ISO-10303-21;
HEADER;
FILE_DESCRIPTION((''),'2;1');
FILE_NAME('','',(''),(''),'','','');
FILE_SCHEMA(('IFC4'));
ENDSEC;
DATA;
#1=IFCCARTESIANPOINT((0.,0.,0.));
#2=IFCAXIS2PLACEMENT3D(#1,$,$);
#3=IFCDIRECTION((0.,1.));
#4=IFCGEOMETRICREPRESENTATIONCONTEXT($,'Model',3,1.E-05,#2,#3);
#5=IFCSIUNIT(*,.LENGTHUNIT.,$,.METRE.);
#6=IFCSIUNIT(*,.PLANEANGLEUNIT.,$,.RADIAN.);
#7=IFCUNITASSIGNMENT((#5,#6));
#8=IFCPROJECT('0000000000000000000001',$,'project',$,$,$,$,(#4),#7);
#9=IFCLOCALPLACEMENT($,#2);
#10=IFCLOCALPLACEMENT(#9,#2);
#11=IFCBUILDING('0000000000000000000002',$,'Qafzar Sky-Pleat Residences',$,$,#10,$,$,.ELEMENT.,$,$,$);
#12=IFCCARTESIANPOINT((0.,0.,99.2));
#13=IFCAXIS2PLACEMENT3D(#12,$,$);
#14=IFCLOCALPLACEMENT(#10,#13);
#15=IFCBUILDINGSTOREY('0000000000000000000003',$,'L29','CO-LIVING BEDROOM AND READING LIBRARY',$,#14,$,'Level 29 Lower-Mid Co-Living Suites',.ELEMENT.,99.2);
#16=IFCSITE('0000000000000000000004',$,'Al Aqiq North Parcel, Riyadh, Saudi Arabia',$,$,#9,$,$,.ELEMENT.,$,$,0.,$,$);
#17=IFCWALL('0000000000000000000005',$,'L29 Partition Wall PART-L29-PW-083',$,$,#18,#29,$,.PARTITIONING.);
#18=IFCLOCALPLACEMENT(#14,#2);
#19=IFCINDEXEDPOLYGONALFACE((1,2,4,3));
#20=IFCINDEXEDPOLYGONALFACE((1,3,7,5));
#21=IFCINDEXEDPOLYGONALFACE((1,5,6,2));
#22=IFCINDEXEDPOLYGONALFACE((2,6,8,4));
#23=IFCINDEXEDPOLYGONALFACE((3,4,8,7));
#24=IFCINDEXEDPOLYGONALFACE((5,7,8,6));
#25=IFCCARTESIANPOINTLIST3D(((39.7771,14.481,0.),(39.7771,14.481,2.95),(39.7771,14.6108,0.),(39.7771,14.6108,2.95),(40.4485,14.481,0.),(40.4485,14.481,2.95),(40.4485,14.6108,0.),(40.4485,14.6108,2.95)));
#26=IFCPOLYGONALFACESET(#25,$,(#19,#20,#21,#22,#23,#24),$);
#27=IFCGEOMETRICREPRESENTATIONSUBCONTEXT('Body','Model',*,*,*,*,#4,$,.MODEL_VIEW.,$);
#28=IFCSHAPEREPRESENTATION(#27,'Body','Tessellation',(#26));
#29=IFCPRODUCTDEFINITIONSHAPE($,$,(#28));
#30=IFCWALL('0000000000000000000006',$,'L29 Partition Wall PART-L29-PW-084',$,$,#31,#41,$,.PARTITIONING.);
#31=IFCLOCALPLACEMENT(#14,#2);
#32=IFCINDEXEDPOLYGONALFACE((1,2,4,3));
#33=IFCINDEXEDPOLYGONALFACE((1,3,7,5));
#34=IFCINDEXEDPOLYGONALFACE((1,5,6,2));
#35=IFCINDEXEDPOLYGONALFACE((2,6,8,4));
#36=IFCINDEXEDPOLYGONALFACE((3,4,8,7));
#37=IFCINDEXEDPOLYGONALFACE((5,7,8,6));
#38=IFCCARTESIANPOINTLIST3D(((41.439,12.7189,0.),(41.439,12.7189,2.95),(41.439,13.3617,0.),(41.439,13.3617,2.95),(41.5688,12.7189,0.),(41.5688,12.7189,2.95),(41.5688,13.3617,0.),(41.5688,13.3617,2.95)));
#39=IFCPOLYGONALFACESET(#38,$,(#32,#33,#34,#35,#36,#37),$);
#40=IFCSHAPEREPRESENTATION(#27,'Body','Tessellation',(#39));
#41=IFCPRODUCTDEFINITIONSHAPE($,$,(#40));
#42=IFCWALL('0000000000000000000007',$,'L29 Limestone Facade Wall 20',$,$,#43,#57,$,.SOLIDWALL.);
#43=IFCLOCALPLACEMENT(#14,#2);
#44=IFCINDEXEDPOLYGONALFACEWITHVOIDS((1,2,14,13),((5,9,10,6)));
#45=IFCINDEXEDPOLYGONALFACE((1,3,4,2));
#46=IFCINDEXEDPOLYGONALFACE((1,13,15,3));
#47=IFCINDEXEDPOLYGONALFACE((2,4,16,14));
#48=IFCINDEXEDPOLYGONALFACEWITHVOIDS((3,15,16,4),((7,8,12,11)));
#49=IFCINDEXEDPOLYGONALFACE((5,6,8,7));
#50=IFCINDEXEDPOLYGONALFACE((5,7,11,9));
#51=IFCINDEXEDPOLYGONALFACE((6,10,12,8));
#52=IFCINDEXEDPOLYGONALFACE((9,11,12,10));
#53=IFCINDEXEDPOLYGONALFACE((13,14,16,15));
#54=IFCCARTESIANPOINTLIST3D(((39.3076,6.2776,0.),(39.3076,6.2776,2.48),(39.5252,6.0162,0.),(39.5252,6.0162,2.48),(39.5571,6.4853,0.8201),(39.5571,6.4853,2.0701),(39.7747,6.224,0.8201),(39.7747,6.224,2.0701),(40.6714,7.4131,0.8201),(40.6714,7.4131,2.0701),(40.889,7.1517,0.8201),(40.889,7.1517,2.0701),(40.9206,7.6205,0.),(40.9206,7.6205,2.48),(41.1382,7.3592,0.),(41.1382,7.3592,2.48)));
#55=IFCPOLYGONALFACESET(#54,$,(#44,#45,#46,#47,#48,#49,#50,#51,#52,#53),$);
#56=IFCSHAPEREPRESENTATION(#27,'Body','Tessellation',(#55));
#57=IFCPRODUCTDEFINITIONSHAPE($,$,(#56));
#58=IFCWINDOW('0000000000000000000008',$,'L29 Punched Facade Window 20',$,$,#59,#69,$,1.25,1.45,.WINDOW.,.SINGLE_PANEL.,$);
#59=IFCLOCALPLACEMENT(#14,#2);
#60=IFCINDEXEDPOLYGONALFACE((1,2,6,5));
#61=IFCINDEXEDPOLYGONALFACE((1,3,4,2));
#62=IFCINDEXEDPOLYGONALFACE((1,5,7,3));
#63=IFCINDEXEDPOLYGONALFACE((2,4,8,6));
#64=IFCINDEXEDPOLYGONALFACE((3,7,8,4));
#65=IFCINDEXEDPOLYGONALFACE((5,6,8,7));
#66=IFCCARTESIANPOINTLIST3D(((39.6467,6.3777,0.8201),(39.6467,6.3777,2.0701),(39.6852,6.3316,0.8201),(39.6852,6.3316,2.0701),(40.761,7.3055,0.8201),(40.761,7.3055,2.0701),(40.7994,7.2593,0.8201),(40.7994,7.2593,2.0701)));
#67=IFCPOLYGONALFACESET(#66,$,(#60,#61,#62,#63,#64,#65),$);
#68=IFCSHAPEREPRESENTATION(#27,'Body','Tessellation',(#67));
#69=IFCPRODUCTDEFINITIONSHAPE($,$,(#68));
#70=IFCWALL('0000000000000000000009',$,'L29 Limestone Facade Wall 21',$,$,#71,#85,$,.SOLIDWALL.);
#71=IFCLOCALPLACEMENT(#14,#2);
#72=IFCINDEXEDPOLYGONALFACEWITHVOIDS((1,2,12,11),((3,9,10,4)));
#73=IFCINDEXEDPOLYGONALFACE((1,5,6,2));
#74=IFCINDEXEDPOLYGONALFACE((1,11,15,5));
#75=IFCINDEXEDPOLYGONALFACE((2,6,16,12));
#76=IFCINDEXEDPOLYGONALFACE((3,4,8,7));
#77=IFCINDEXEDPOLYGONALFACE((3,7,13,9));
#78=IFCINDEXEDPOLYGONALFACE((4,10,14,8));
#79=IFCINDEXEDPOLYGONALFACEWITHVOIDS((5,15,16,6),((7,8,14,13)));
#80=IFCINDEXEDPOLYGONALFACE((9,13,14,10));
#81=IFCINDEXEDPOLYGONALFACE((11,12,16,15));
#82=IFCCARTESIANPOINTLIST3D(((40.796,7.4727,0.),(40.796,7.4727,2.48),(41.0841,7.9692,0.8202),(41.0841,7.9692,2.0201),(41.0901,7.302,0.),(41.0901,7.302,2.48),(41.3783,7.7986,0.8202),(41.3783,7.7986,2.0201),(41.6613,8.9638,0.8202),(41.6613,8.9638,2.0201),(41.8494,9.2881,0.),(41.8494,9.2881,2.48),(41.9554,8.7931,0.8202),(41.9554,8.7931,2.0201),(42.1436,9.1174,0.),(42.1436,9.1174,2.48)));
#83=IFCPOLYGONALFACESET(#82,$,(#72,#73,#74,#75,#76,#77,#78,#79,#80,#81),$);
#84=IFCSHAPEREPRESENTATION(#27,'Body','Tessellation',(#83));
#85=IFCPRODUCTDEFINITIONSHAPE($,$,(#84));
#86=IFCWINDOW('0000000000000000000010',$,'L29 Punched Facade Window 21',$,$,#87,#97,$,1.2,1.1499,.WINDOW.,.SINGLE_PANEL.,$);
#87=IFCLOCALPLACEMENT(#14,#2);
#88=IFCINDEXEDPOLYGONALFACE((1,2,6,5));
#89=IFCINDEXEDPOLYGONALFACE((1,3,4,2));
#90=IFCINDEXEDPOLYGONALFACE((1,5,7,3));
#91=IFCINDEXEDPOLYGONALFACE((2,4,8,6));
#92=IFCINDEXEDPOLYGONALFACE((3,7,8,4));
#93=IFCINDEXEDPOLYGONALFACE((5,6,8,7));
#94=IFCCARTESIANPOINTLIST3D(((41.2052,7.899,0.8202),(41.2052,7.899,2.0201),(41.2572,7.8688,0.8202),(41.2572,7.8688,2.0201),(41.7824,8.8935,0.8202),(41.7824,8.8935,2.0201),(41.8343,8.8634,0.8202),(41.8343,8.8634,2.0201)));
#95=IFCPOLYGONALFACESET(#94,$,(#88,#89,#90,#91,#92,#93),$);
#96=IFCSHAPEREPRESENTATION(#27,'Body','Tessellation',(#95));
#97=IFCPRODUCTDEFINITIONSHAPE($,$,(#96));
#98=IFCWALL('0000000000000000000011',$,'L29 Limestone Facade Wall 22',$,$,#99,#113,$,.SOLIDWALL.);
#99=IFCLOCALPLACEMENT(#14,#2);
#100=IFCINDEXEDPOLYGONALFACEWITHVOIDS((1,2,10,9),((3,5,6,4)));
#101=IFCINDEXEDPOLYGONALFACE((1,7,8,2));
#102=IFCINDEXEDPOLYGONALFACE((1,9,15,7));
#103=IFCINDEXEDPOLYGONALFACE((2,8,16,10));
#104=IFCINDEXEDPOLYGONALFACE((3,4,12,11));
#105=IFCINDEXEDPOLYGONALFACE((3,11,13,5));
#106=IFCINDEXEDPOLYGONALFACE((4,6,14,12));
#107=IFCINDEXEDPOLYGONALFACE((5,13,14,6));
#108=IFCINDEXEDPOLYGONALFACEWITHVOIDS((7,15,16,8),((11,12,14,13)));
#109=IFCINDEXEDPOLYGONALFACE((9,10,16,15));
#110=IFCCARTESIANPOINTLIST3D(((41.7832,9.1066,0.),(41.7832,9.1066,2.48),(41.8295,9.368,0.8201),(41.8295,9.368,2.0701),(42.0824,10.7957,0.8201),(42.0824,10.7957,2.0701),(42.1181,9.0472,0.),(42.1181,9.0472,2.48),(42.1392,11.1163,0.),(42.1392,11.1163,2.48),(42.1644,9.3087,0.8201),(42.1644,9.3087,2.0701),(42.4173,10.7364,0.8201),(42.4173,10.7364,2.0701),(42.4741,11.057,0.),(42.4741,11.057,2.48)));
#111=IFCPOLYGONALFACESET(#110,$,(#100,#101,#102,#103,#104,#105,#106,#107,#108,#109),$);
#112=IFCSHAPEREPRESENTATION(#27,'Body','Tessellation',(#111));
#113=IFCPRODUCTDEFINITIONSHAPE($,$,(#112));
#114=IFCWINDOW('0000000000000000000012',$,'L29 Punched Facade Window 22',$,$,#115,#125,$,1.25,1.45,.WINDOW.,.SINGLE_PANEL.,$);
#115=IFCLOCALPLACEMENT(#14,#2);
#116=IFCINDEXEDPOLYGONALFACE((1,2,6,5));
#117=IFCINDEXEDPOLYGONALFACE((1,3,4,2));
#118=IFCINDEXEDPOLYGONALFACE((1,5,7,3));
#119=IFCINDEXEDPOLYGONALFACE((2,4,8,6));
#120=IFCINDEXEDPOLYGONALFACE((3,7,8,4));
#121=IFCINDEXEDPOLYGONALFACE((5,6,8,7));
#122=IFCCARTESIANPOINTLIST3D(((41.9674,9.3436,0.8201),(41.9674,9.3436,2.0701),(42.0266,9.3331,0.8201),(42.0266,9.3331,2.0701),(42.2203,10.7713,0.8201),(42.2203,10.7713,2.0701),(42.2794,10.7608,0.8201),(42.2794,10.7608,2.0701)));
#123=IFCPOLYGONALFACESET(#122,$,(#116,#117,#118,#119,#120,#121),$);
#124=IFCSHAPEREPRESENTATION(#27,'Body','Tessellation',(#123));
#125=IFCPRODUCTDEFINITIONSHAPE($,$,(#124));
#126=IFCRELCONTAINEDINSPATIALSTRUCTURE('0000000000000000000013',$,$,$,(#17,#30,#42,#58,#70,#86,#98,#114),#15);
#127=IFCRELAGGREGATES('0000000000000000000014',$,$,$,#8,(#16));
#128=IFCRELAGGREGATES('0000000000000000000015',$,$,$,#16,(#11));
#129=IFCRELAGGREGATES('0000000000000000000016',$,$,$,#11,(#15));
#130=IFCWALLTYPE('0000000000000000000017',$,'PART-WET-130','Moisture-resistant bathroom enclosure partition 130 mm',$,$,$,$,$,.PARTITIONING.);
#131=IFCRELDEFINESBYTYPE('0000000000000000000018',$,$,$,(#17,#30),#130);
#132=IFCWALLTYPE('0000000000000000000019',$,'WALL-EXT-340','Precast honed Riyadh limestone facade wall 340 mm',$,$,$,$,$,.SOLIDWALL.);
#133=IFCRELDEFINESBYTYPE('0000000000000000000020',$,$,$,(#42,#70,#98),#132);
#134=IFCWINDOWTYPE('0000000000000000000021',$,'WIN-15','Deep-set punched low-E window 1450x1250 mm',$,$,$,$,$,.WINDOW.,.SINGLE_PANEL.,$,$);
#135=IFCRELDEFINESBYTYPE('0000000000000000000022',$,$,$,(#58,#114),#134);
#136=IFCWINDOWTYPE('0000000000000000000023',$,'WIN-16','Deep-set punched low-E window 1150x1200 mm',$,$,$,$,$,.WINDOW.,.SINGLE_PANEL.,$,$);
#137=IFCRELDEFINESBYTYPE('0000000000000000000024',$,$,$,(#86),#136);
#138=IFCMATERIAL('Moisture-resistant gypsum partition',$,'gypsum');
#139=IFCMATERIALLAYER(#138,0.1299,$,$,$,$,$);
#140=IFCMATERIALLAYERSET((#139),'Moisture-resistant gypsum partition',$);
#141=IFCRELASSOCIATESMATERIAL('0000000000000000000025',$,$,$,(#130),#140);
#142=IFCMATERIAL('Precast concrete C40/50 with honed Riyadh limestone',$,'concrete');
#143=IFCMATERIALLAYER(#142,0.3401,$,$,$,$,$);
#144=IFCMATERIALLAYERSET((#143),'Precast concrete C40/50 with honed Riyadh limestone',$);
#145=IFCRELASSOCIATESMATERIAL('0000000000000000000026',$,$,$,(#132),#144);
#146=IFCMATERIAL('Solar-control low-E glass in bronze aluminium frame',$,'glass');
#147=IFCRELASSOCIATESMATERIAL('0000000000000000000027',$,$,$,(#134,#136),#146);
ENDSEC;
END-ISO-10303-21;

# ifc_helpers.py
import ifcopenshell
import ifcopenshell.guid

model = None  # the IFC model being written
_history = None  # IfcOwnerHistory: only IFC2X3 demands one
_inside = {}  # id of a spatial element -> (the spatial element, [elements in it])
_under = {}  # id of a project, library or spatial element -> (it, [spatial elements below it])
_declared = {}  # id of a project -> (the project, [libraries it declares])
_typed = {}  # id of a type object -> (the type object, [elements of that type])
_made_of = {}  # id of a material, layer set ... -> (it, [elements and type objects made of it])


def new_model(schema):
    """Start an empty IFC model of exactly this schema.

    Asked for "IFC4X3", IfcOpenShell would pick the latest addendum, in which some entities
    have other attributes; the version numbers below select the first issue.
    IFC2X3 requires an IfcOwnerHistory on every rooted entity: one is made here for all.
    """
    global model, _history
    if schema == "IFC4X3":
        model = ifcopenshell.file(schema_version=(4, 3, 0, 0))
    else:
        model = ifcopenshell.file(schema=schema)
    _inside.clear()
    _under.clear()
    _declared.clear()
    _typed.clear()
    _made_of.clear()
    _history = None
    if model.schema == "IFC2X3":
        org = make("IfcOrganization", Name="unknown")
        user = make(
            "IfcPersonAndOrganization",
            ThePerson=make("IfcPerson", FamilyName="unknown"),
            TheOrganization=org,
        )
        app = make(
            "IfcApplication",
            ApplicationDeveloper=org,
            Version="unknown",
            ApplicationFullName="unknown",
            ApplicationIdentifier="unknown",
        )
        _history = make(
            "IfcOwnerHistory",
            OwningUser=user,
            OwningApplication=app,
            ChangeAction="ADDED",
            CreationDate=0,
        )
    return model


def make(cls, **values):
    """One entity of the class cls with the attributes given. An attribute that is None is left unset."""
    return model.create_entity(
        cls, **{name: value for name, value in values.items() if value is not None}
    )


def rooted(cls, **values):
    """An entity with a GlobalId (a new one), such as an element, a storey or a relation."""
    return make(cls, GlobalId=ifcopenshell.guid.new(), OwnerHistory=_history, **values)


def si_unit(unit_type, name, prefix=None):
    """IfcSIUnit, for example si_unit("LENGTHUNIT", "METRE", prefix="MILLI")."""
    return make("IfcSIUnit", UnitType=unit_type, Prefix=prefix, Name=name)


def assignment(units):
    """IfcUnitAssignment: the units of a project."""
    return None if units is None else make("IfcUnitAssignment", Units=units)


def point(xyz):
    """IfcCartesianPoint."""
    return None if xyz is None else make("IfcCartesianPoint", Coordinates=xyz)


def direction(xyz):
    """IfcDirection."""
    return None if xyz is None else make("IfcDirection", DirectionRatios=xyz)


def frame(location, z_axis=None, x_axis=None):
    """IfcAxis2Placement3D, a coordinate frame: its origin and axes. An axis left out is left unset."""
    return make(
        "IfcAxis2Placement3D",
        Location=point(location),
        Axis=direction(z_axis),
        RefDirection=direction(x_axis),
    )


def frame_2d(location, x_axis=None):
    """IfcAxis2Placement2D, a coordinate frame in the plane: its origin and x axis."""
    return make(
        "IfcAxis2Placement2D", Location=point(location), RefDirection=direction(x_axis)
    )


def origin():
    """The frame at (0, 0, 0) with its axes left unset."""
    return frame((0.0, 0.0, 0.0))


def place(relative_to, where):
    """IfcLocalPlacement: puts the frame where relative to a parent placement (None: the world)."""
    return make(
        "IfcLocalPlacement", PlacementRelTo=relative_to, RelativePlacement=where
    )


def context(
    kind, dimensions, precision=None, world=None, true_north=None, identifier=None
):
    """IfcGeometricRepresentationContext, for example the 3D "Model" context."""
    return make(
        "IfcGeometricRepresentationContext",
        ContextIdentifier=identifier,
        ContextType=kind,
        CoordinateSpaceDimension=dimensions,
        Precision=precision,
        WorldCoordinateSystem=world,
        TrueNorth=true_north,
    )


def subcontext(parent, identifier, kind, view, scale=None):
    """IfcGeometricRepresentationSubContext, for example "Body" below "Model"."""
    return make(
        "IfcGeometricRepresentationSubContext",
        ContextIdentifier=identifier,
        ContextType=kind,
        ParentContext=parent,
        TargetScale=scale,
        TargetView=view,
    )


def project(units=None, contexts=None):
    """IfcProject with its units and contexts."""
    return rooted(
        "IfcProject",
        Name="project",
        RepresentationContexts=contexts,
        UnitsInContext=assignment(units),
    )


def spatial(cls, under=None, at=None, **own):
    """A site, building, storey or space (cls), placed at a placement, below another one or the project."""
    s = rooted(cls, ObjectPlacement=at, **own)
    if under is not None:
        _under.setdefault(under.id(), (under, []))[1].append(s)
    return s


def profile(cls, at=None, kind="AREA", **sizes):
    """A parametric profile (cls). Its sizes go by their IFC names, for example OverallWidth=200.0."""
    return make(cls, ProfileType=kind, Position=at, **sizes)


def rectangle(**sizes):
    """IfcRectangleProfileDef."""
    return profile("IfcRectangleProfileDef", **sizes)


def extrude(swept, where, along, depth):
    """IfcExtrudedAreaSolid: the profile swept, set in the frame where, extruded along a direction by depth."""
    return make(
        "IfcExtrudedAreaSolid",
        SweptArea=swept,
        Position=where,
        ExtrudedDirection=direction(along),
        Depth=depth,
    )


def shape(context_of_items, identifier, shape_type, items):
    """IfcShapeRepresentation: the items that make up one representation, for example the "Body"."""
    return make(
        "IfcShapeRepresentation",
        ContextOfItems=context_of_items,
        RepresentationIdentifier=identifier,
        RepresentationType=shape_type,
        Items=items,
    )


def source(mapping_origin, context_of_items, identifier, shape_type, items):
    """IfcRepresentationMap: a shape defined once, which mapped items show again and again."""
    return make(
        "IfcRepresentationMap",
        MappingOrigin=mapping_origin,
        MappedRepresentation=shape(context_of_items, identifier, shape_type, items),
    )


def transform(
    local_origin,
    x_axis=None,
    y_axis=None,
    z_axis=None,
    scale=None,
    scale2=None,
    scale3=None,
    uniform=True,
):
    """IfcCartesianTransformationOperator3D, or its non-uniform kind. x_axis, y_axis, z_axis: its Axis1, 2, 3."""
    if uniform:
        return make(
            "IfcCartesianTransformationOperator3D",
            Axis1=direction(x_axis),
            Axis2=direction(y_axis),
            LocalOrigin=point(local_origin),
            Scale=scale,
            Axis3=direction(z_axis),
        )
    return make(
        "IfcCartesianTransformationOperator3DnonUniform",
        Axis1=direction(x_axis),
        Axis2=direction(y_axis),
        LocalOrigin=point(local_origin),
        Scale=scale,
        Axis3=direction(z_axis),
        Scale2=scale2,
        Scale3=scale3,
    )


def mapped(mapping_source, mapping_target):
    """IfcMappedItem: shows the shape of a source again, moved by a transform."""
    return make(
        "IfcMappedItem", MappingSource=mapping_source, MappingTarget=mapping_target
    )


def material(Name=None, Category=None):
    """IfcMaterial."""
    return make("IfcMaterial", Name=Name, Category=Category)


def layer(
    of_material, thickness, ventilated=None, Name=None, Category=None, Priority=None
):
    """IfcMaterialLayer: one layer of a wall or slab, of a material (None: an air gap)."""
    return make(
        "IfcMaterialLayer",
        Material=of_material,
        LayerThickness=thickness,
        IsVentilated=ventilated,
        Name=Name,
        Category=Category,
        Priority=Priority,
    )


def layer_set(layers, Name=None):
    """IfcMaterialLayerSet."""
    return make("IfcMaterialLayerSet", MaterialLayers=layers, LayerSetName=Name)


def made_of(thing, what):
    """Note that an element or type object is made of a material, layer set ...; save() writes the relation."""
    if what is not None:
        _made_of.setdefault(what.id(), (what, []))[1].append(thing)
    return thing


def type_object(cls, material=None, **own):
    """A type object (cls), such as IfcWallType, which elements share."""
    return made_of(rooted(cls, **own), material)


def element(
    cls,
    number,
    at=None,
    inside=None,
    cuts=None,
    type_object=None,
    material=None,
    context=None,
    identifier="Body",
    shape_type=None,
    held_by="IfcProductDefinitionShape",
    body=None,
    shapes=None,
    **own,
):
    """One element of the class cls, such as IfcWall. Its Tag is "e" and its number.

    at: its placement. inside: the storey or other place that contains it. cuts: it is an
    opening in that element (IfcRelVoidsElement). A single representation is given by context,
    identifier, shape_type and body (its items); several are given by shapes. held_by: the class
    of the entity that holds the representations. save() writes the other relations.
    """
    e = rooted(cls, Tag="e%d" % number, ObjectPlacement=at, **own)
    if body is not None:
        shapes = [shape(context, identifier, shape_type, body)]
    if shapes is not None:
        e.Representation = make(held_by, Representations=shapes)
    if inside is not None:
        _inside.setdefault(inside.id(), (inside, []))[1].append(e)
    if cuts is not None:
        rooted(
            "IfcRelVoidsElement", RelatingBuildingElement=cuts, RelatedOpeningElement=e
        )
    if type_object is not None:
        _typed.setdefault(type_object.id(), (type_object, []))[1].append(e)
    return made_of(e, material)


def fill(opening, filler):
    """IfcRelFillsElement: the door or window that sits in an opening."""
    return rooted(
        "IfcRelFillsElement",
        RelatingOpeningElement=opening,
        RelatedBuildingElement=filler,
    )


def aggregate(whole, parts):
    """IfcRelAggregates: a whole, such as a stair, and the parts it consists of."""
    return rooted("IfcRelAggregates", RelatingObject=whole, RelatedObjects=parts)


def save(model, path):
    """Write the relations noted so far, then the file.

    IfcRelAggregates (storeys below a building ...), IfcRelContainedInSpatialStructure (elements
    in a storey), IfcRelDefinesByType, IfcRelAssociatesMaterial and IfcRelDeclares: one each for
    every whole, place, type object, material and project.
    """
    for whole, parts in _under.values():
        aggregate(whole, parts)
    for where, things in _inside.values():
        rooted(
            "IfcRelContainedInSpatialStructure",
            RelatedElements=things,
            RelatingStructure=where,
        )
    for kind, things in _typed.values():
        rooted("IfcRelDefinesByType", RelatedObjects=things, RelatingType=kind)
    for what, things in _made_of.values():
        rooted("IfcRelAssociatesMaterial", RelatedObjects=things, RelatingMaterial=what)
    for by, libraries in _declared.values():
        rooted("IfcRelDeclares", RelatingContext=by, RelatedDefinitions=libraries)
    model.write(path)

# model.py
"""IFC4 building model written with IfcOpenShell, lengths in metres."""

from ifc_helpers import new_model, si_unit, direction, frame, frame_2d, origin, place, context, subcontext, project, spatial, rectangle, extrude, source, transform, mapped, material, layer, layer_set, type_object, element, fill, save


model = new_model("IFC4")

# Units and contexts
model_context = context("Model", 3, precision=1e-05, world=origin(), true_north=direction((0.0, 1.0)))
body_context = subcontext(model_context, "Body", "Model", "MODEL_VIEW")
ifc_project = project(units=[si_unit("LENGTHUNIT", "METRE"), si_unit("PLANEANGLEUNIT", "RADIAN")], contexts=[model_context])

# Site, building, storey
site_placement = place(None, origin())
site = spatial("IfcSite", under=ifc_project, at=site_placement, Name="Al Aqiq North Parcel, Riyadh, Saudi Arabia", CompositionType="ELEMENT", RefElevation=0.0)
building_placement = place(site_placement, origin())
building = spatial("IfcBuilding", under=site, at=building_placement, Name="Qafzar Sky-Pleat Residences", CompositionType="ELEMENT")
storey_placement = place(building_placement, frame((0.0, 0.0, 99.2)))
storey = spatial("IfcBuildingStorey", under=building, at=storey_placement, Name="L29", Description="CO-LIVING BEDROOM AND READING LIBRARY", LongName="Level 29 Lower-Mid Co-Living Suites", CompositionType="ELEMENT", Elevation=99.2)

# Shared definitions
ifc_material_1 = material(Name="Moisture-resistant gypsum partition", Category="gypsum")
ifc_layer_1 = layer(ifc_material_1, 0.1299)
ifc_layer_set_1 = layer_set([ifc_layer_1], Name="Moisture-resistant gypsum partition")
wall_type_1 = type_object("IfcWallType", Name="PART-WET-130", Description="Moisture-resistant bathroom enclosure partition 130 mm", PredefinedType="PARTITIONING", material=ifc_layer_set_1)

# Walls
wall_1_placement = place(storey_placement, frame((39.7771, 14.5459, 0.0), z_axis=(0.0, 0.0, 1.0), x_axis=(1.0, 0.0, 0.0)))
element("IfcWall", 1, at=wall_1_placement, inside=storey, type_object=wall_type_1, Name="L29 Partition Wall PART-L29-PW-083", PredefinedType="PARTITIONING", context=body_context, shape_type="SweptSolid", body=[
    extrude(rectangle(XDim=0.6714, YDim=0.1299, at=frame_2d((0.3357, 0.0))), origin(), (0.0, 0.0, 1.0), 2.95),
])
wall_2_placement = place(storey_placement, frame((41.5039, 12.719, 0.0), z_axis=(0.0, 0.0, 1.0), x_axis=(0.0, 1.0, 0.0)))
element("IfcWall", 2, at=wall_2_placement, inside=storey, type_object=wall_type_1, Name="L29 Partition Wall PART-L29-PW-084", PredefinedType="PARTITIONING", context=body_context, shape_type="SweptSolid", body=[
    extrude(rectangle(XDim=0.6428, YDim=0.1299, at=frame_2d((0.3213, 0.0))), origin(), (0.0, 0.0, 1.0), 2.95),
])

# Walls, openings, windows
ifc_material_2 = material(Name="Precast concrete C40/50 with honed Riyadh limestone", Category="concrete")
ifc_layer_2 = layer(ifc_material_2, 0.3401)
ifc_layer_set_2 = layer_set([ifc_layer_2], Name="Precast concrete C40/50 with honed Riyadh limestone")
wall_type_2 = type_object("IfcWallType", Name="WALL-EXT-340", Description="Precast honed Riyadh limestone facade wall 340 mm", PredefinedType="SOLIDWALL", material=ifc_layer_set_2)
wall_3_placement = place(storey_placement, frame((39.4165, 6.147, 0.0), z_axis=(0.0, 0.0, 1.0), x_axis=(0.768498, 0.639853, 0.0)))
wall_3 = element("IfcWall", 3, at=wall_3_placement, inside=storey, type_object=wall_type_2, Name="L29 Limestone Facade Wall 20", PredefinedType="SOLIDWALL", context=body_context, shape_type="SweptSolid", body=[
    extrude(rectangle(XDim=2.0989, YDim=0.3401, at=frame_2d((1.0493, 0.0))), origin(), (0.0, 0.0, 1.0), 2.48),
])
opening_1_placement = place(wall_3_placement, frame((0.3245, 0.0, 0.8201)))
opening_1 = element("IfcOpeningElement", 4, at=opening_1_placement, cuts=wall_3, PredefinedType="OPENING", context=body_context, shape_type="SweptSolid", body=[
    extrude(rectangle(XDim=1.45, YDim=1.25, at=frame_2d((0.7251, 0.625))), frame((0.0, 0.1802, 0.0), z_axis=(0.0, -1.0, 0.0), x_axis=(1.0, 0.0, 0.0)), (0.0, 0.0, 1.0), 0.3601),
])
ifc_material_3 = material(Name="Solar-control low-E glass in bronze aluminium frame", Category="glass")
window_type_1 = type_object("IfcWindowType", Name="WIN-15", Description="Deep-set punched low-E window 1450x1250 mm", PartitioningType="SINGLE_PANEL", PredefinedType="WINDOW", material=ifc_material_3)
shared_shape_1 = source(origin(), body_context, "Body", "SweptSolid", [
    extrude(rectangle(XDim=1.45, YDim=1.25, at=frame_2d((0.7251, 0.625))), frame((0.0, 0.03, 0.0), z_axis=(0.0, -1.0, 0.0), x_axis=(1.0, 0.0, 0.0)), (0.0, 0.0, 1.0), 0.0601),
])
window_1_placement = place(opening_1_placement, origin())
window_1 = element("IfcWindow", 5, at=window_1_placement, inside=storey, type_object=window_type_1, Name="L29 Punched Facade Window 20", OverallHeight=1.25, OverallWidth=1.45, PartitioningType="SINGLE_PANEL", PredefinedType="WINDOW", context=body_context, shape_type="MappedRepresentation", body=[
    mapped(shared_shape_1, transform((0.0, 0.0, 0.0), x_axis=(1.0, 0.0, 0.0), y_axis=(0.0, 1.0, 0.0), z_axis=(0.0, 0.0, 1.0), scale=1.0)),
])
fill(opening_1, window_1)
wall_4_placement = place(storey_placement, frame((40.9431, 7.3875, 0.0), z_axis=(0.0, 0.0, 1.0), x_axis=(0.501903, 0.864924, 0.0)))
wall_4 = element("IfcWall", 6, at=wall_4_placement, inside=storey, type_object=wall_type_2, Name="L29 Limestone Facade Wall 21", PredefinedType="SOLIDWALL", context=body_context, shape_type="SweptSolid", body=[
    extrude(rectangle(XDim=2.0989, YDim=0.3401, at=frame_2d((1.0493, 0.0))), origin(), (0.0, 0.0, 1.0), 2.48),
])
opening_2_placement = place(wall_4_placement, frame((0.574, 0.0, 0.8201)))
opening_2 = element("IfcOpeningElement", 7, at=opening_2_placement, cuts=wall_4, PredefinedType="OPENING", context=body_context, shape_type="SweptSolid", body=[
    extrude(rectangle(XDim=1.1499, YDim=1.2, at=frame_2d((0.575, 0.6001))), frame((0.0, 0.1802, 0.0), z_axis=(0.0, -1.0, 0.0), x_axis=(1.0, 0.0, 0.0)), (0.0, 0.0, 1.0), 0.3601),
])
window_type_2 = type_object("IfcWindowType", Name="WIN-16", Description="Deep-set punched low-E window 1150x1200 mm", PartitioningType="SINGLE_PANEL", PredefinedType="WINDOW", material=ifc_material_3)
shared_shape_2 = source(origin(), body_context, "Body", "SweptSolid", [
    extrude(rectangle(XDim=1.1499, YDim=1.2, at=frame_2d((0.575, 0.6001))), frame((0.0, 0.03, 0.0), z_axis=(0.0, -1.0, 0.0), x_axis=(1.0, 0.0, 0.0)), (0.0, 0.0, 1.0), 0.0601),
])
window_2_placement = place(opening_2_placement, origin())
window_2 = element("IfcWindow", 8, at=window_2_placement, inside=storey, type_object=window_type_2, Name="L29 Punched Facade Window 21", OverallHeight=1.2, OverallWidth=1.1499, PartitioningType="SINGLE_PANEL", PredefinedType="WINDOW", context=body_context, shape_type="MappedRepresentation", body=[
    mapped(shared_shape_2, transform((0.0, 0.0, 0.0), x_axis=(1.0, 0.0, 0.0), y_axis=(0.0, 1.0, 0.0), z_axis=(0.0, 0.0, 1.0), scale=1.0)),
])
fill(opening_2, window_2)
wall_5_placement = place(storey_placement, frame((41.9507, 9.0769, 0.0), z_axis=(0.0, 0.0, 1.0), x_axis=(0.174399, 0.984675, 0.0)))
wall_5 = element("IfcWall", 9, at=wall_5_placement, inside=storey, type_object=wall_type_2, Name="L29 Limestone Facade Wall 22", PredefinedType="SOLIDWALL", context=body_context, shape_type="SweptSolid", body=[
    extrude(rectangle(XDim=2.041, YDim=0.3401, at=frame_2d((1.0205, 0.0))), origin(), (0.0, 0.0, 1.0), 2.48),
])
opening_3_placement = place(wall_5_placement, frame((0.2654, 0.0, 0.8201)))
opening_3 = element("IfcOpeningElement", 10, at=opening_3_placement, cuts=wall_5, PredefinedType="OPENING", context=body_context, shape_type="SweptSolid", body=[
    extrude(rectangle(XDim=1.45, YDim=1.25, at=frame_2d((0.7251, 0.625))), frame((0.0, 0.1802, 0.0), z_axis=(0.0, -1.0, 0.0), x_axis=(1.0, 0.0, 0.0)), (0.0, 0.0, 1.0), 0.3601),
])
window_3_placement = place(opening_3_placement, origin())
window_3 = element("IfcWindow", 11, at=window_3_placement, inside=storey, type_object=window_type_1, Name="L29 Punched Facade Window 22", OverallHeight=1.25, OverallWidth=1.45, PartitioningType="SINGLE_PANEL", PredefinedType="WINDOW", context=body_context, shape_type="MappedRepresentation", body=[
    mapped(shared_shape_1, transform((0.0, 0.0, 0.0), x_axis=(1.0, 0.0, 0.0), y_axis=(0.0, 1.0, 0.0), z_axis=(0.0, 0.0, 1.0), scale=1.0)),
])
fill(opening_3, window_3)

save(model, "model.ifc")
